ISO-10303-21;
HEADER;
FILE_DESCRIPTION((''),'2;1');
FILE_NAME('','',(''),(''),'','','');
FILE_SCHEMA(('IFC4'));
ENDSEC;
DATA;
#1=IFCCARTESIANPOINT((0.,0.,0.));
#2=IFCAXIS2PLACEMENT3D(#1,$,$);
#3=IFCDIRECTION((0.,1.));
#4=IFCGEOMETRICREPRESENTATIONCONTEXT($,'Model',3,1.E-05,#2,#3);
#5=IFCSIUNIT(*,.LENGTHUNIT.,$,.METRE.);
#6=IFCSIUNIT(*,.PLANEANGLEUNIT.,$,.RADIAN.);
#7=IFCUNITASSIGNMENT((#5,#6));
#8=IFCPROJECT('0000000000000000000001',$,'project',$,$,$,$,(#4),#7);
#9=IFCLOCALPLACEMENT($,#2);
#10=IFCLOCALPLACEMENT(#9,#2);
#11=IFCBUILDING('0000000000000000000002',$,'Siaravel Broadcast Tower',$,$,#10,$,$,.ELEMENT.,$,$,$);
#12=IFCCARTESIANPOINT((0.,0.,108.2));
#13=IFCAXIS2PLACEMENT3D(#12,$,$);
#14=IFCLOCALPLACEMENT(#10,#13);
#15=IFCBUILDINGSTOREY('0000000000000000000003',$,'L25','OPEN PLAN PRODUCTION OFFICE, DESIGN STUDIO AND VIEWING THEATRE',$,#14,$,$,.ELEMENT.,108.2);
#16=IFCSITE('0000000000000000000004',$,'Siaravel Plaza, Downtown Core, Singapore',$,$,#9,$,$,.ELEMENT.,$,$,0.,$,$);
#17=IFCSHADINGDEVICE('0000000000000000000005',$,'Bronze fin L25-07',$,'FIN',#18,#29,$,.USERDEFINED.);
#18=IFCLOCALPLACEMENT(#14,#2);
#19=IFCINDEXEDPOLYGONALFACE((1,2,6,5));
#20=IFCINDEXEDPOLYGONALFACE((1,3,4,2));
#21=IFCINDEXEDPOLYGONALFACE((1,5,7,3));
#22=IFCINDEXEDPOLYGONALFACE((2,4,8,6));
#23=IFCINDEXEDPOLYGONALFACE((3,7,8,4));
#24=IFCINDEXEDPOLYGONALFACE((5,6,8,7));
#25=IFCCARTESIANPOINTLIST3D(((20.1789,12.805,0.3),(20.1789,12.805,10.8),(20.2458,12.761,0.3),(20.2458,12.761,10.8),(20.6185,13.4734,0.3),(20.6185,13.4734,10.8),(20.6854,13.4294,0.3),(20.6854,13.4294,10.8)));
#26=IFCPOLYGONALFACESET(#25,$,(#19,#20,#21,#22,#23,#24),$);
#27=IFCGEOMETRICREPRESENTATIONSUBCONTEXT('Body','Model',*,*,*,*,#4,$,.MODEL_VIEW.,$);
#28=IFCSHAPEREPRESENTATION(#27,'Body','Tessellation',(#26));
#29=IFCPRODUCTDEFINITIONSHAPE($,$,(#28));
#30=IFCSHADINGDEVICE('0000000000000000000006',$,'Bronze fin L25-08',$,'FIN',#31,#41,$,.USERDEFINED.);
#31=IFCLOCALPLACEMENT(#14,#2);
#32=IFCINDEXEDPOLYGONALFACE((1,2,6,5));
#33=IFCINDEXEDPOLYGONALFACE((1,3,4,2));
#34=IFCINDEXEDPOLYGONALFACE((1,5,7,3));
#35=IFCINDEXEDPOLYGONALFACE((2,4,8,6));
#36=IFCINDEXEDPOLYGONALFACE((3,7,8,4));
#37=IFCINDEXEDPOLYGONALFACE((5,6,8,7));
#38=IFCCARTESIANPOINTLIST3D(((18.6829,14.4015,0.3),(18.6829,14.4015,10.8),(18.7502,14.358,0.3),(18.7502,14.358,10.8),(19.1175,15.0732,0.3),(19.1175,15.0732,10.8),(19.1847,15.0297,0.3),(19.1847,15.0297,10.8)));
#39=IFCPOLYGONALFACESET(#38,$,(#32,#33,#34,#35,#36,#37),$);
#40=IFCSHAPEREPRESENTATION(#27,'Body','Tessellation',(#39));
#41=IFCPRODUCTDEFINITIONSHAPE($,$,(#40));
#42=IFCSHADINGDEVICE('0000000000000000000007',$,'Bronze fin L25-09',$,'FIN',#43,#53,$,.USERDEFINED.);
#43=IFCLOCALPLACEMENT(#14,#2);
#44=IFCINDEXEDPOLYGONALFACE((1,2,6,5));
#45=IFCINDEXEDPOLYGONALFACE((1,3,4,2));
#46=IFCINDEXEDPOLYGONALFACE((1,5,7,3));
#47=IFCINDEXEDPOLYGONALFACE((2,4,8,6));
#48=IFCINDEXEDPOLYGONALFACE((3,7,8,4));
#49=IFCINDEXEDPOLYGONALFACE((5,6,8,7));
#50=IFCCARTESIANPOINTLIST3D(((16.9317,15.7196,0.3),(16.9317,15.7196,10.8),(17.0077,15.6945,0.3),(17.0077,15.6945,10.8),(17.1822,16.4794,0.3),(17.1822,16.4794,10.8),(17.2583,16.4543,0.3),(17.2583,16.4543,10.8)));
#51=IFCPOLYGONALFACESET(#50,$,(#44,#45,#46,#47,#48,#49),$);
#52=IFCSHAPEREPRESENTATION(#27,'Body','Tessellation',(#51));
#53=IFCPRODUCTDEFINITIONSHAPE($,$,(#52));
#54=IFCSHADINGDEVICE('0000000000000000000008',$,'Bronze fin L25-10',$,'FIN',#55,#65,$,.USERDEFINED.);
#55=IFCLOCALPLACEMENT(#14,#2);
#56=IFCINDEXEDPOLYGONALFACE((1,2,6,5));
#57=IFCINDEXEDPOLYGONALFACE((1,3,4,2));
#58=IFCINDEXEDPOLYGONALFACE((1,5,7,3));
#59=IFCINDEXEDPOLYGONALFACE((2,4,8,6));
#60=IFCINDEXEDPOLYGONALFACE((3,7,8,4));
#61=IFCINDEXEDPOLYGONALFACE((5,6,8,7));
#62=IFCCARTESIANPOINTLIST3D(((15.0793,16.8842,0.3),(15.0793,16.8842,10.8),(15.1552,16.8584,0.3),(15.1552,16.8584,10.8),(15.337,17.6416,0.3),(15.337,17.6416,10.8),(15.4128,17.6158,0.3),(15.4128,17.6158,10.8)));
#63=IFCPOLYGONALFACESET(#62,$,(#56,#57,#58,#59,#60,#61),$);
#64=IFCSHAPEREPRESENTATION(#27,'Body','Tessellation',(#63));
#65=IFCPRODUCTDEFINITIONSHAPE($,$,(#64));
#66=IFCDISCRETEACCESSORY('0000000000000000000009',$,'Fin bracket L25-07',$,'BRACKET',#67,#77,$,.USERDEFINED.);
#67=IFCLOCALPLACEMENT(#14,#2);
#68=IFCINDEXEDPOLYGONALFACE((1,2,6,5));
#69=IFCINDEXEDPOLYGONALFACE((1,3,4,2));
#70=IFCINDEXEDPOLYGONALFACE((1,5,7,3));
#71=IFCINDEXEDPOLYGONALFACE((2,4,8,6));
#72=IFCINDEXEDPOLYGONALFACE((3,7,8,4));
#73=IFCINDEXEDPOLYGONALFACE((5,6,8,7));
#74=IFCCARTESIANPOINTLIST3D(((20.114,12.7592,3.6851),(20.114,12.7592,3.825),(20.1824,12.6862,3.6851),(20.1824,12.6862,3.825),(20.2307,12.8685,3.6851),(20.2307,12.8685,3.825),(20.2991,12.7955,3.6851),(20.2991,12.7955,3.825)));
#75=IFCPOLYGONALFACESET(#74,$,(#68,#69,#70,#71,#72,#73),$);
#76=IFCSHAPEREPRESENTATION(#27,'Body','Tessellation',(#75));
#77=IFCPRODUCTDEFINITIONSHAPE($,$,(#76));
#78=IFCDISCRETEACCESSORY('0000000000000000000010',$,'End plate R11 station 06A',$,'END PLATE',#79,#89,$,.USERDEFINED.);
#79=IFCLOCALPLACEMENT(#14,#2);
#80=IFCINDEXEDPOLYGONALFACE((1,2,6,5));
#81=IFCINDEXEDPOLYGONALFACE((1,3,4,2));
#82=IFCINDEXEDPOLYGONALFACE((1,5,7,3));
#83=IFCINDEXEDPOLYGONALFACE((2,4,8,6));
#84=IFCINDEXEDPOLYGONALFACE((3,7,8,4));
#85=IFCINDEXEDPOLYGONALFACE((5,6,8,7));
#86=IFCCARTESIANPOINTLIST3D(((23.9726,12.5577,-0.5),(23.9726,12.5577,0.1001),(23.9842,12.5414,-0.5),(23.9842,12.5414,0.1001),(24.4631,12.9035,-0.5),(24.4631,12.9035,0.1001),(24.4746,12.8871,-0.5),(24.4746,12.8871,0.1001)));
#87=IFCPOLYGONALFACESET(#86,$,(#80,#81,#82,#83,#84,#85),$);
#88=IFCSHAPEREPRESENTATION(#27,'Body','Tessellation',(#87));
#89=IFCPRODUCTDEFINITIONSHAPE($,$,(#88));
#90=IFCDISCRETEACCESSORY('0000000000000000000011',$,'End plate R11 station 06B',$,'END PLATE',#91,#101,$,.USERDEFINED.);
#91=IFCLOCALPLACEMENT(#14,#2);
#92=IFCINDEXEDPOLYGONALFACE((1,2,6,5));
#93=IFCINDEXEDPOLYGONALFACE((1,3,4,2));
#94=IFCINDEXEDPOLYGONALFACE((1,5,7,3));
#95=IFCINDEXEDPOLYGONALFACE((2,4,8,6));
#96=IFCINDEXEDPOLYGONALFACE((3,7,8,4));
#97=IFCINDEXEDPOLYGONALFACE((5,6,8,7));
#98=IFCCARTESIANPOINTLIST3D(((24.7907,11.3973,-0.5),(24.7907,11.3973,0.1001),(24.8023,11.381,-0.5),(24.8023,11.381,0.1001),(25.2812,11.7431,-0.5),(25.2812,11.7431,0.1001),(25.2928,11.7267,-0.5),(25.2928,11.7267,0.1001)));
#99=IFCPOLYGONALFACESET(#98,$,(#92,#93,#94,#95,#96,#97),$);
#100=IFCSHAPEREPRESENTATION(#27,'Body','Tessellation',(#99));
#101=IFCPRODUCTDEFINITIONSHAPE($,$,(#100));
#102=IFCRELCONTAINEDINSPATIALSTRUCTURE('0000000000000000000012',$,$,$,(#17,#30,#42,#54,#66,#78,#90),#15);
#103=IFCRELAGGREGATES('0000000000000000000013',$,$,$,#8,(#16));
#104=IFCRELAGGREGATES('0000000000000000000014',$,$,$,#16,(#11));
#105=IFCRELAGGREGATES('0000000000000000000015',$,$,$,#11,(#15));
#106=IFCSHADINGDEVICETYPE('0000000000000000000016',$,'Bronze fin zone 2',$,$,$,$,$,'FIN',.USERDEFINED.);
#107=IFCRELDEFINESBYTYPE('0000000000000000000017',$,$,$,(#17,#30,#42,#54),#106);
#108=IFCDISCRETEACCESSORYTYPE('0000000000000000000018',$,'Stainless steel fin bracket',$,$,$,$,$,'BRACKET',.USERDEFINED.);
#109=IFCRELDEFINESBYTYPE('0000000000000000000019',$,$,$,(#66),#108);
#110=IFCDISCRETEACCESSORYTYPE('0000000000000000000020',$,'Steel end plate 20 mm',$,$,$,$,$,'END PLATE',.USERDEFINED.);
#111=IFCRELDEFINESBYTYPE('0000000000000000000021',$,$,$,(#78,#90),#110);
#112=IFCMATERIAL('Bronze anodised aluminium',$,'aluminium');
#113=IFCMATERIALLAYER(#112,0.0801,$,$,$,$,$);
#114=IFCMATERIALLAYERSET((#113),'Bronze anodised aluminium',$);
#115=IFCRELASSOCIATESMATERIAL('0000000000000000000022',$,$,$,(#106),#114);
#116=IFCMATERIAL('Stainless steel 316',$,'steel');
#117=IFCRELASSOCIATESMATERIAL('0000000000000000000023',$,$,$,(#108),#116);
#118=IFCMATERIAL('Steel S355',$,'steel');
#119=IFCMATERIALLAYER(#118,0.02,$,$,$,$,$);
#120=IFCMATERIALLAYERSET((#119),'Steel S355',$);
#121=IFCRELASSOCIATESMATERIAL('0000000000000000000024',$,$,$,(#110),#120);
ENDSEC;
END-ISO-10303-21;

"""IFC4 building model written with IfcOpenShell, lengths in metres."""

from ifc_helpers import new_model, si_unit, direction, frame, origin, origin_2d, place, context, subcontext, project, spatial, rectangle, extrude, material, layer, layer_set, type_object, element, save


model = new_model("IFC4")

# Units and contexts
model_context = context("Model", 3, precision=1e-05, world=origin(), true_north=direction((0.0, 1.0)))
body_context = subcontext(model_context, "Body", "Model", "MODEL_VIEW")
ifc_project = project(units=[si_unit("LENGTHUNIT", "METRE"), si_unit("PLANEANGLEUNIT", "RADIAN")], contexts=[model_context])

# Site, building, storey
site_placement = place(None, origin())
site = spatial("IfcSite", under=ifc_project, at=site_placement, Name="Siaravel Plaza, Downtown Core, Singapore", CompositionType="ELEMENT", RefElevation=0.0)
building_placement = place(site_placement, origin())
building = spatial("IfcBuilding", under=site, at=building_placement, Name="Siaravel Broadcast Tower", CompositionType="ELEMENT")
storey_placement = place(building_placement, frame((0.0, 0.0, 108.2)))
storey = spatial("IfcBuildingStorey", under=building, at=storey_placement, Name="L25", Description="OPEN PLAN PRODUCTION OFFICE, DESIGN STUDIO AND VIEWING THEATRE", CompositionType="ELEMENT", Elevation=108.2)

# Shared definitions
ifc_material_1 = material(Name="Steel S355", Category="steel")

# Shading devices
ifc_material_2 = material(Name="Bronze anodised aluminium", Category="aluminium")
ifc_layer_1 = layer(ifc_material_2, 0.0801)
ifc_layer_set_1 = layer_set([ifc_layer_1], Name="Bronze anodised aluminium")
shading_device_type = type_object("IfcShadingDeviceType", Name="Bronze fin zone 2", ElementType="FIN", PredefinedType="USERDEFINED", material=ifc_layer_set_1)
for number, where, z_axis, x_axis, name in (
    (1, (20.4321, 13.1172, 0.3), (0.0, 0.0, 1.0), (0.549473, 0.835511, 0.0), "Bronze fin L25-07"),
    (2, (18.9338, 14.7156, 0.3), (0.0, 0.0, 1.0), (0.543166, 0.839626, 0.0), "Bronze fin L25-08"),
    (3, (17.095, 16.0869, 0.3), (0.0, 0.0, 1.0), (0.313187, 0.949691, 0.0), "Bronze fin L25-09"),
    (4, (15.2461, 17.25, 0.3), (0.0, 0.0, 1.0), (0.322092, 0.946708, 0.0), "Bronze fin L25-10"),
):
    element("IfcShadingDevice", number, at=place(storey_placement, frame(where, z_axis=z_axis, x_axis=x_axis)), inside=storey, type_object=shading_device_type, Name=name, ObjectType="FIN", PredefinedType="USERDEFINED", context=body_context, shape_type="SweptSolid", body=[
        extrude(rectangle(XDim=0.8, YDim=0.0801, at=origin_2d()), origin(), (0.0, 0.0, 1.0), 10.5),
    ])

# Discrete accessories
ifc_material_3 = material(Name="Stainless steel 316", Category="steel")
discrete_accessory_type_1 = type_object("IfcDiscreteAccessoryType", Name="Stainless steel fin bracket", ElementType="BRACKET", PredefinedType="USERDEFINED", material=ifc_material_3)
discrete_accessory_placement = place(storey_placement, frame((20.2065, 12.7773, 3.6851), z_axis=(0.0, 0.0, 1.0), x_axis=(0.729804, 0.683656, 0.0)))
element("IfcDiscreteAccessory", 5, at=discrete_accessory_placement, inside=storey, type_object=discrete_accessory_type_1, Name="Fin bracket L25-07", ObjectType="BRACKET", PredefinedType="USERDEFINED", context=body_context, shape_type="SweptSolid", body=[
    extrude(rectangle(XDim=0.1599, YDim=0.1001, at=origin_2d()), origin(), (0.0, 0.0, 1.0), 0.1399),
])
ifc_layer_2 = layer(ifc_material_1, 0.02)
ifc_layer_set_2 = layer_set([ifc_layer_2], Name="Steel S355")
discrete_accessory_type_2 = type_object("IfcDiscreteAccessoryType", Name="Steel end plate 20 mm", ElementType="END PLATE", PredefinedType="USERDEFINED", material=ifc_layer_set_2)
for number, where, z_axis, x_axis, name in (
    (6, (24.2236, 12.7224, -0.5), (0.0, 0.0, 1.0), (-0.57612, 0.817365, 0.0), "End plate R11 station 06A"),
    (7, (25.0417, 11.562, -0.5), (0.0, 0.0, 1.0), (-0.57612, 0.817365, 0.0), "End plate R11 station 06B"),
):
    element("IfcDiscreteAccessory", number, at=place(storey_placement, frame(where, z_axis=z_axis, x_axis=x_axis)), inside=storey, type_object=discrete_accessory_type_2, Name=name, ObjectType="END PLATE", PredefinedType="USERDEFINED", context=body_context, shape_type="SweptSolid", body=[
        extrude(rectangle(XDim=0.02, YDim=0.6001, at=origin_2d()), origin(), (0.0, 0.0, 1.0), 0.6001),
    ])

save(model, "model.ifc")
